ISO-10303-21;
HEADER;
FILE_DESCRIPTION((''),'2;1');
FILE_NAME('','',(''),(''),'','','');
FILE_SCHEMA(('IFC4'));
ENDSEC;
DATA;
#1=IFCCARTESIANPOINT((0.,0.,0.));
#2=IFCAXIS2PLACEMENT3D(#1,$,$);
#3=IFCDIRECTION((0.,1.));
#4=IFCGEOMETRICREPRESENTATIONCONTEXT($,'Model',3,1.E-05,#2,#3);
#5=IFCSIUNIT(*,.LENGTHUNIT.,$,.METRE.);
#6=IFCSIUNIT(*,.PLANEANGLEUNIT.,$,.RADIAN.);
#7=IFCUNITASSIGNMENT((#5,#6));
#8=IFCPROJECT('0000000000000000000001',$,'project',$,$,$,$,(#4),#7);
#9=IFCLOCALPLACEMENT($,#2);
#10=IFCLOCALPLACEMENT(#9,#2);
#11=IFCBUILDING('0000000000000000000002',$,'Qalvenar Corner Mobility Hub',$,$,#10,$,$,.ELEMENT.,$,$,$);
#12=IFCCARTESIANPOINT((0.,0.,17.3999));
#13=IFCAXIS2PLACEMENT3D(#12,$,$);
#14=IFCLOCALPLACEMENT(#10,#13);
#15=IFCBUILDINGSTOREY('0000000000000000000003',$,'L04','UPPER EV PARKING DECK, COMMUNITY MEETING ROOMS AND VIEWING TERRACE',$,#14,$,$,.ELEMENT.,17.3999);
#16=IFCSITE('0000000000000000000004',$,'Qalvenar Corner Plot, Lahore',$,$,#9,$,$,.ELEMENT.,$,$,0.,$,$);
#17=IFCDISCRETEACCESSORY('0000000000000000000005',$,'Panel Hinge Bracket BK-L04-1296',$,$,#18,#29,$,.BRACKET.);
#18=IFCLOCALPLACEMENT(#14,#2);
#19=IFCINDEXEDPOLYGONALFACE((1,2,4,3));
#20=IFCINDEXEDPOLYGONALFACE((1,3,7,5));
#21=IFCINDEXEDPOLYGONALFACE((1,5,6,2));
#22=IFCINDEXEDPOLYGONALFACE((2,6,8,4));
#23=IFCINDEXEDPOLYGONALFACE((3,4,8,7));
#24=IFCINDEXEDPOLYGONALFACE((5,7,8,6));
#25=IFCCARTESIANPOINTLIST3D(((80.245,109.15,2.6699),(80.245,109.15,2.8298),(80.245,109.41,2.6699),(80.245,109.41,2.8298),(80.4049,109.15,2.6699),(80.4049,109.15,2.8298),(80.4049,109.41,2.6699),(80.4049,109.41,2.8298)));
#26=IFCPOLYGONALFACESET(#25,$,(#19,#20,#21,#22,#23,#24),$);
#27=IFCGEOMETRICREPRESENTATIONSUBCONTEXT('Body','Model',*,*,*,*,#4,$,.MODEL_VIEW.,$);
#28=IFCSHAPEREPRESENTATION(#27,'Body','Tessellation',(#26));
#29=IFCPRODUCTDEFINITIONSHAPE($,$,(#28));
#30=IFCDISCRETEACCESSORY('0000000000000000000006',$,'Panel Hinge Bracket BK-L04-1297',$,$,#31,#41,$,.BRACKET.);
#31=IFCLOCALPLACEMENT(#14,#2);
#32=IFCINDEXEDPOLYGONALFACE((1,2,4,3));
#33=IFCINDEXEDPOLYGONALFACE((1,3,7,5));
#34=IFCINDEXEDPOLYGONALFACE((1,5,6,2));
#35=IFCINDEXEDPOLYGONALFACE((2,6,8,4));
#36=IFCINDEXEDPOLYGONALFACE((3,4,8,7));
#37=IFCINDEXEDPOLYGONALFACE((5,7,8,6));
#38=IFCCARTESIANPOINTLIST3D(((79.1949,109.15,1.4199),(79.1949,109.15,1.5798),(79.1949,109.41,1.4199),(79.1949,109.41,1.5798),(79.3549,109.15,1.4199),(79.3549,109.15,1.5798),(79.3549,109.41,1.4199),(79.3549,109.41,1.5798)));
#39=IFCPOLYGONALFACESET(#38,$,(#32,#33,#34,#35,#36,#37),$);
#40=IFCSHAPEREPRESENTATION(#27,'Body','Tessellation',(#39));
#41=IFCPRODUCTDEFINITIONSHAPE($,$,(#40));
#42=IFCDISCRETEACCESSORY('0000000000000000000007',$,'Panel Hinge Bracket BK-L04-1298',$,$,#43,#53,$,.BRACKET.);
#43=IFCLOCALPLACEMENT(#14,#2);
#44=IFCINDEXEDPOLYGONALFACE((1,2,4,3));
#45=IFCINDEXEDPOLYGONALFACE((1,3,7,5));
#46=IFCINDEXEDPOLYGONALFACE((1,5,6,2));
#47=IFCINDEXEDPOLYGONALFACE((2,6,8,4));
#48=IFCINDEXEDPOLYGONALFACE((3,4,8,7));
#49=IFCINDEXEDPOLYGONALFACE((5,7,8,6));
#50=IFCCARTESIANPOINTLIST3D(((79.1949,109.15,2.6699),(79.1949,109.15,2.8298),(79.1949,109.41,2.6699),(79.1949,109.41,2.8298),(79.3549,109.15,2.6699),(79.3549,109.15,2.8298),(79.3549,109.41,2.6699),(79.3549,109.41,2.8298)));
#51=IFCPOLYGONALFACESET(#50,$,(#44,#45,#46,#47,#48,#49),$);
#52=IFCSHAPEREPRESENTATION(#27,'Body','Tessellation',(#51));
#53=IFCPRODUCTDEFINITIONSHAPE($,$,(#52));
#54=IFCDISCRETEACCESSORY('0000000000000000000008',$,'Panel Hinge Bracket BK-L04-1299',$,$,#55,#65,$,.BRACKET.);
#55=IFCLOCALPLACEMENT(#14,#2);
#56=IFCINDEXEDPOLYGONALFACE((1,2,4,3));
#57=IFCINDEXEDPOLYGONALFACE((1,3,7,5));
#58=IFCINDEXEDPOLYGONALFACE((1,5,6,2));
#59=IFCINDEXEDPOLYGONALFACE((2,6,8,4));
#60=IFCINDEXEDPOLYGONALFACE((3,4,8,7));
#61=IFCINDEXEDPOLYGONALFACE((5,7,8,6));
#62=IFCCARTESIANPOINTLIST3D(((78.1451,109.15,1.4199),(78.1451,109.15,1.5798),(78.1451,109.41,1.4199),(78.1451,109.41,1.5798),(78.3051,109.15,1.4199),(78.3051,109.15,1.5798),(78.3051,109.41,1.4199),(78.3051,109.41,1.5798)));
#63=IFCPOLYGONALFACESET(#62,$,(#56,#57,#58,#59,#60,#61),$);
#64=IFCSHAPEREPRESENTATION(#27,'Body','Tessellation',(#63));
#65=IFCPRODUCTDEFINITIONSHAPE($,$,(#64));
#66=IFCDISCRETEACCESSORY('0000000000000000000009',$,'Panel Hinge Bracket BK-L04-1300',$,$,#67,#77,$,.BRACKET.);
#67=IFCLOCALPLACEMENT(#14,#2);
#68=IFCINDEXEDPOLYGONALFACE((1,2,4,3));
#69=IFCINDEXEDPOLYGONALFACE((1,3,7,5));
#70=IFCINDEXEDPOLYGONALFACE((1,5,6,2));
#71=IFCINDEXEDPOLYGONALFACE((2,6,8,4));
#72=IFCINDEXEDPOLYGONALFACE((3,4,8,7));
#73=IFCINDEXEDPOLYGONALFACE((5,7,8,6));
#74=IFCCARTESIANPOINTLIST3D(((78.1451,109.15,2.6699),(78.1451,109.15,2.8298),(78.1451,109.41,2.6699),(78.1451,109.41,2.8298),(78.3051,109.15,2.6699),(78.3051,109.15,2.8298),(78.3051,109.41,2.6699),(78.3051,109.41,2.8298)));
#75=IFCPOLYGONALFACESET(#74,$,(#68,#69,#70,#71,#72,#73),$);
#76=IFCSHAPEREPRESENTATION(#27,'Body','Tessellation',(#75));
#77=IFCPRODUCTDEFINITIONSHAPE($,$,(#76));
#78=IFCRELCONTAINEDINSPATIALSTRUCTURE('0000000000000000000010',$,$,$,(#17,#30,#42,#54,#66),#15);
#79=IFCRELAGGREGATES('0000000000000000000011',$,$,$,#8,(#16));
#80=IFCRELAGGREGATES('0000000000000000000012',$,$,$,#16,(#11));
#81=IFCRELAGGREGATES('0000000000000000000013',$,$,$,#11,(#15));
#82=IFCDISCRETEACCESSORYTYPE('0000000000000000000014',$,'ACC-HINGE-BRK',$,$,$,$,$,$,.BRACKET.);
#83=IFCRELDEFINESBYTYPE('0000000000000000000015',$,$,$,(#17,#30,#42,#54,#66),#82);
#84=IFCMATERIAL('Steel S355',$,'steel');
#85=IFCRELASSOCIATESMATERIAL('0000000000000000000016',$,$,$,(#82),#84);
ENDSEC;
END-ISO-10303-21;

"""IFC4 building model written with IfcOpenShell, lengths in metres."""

from ifc_helpers import new_model, si_unit, direction, frame, origin, origin_2d, place, context, subcontext, project, spatial, rectangle, extrude, material, type_object, element, save


model = new_model("IFC4")

# Units and contexts
model_context = context("Model", 3, precision=1e-05, world=origin(), true_north=direction((0.0, 1.0)))
body_context = subcontext(model_context, "Body", "Model", "MODEL_VIEW")
ifc_project = project(units=[si_unit("LENGTHUNIT", "METRE"), si_unit("PLANEANGLEUNIT", "RADIAN")], contexts=[model_context])

# Site, building, storey
site_placement = place(None, origin())
site = spatial("IfcSite", under=ifc_project, at=site_placement, Name="Qalvenar Corner Plot, Lahore", CompositionType="ELEMENT", RefElevation=0.0)
building_placement = place(site_placement, origin())
building = spatial("IfcBuilding", under=site, at=building_placement, Name="Qalvenar Corner Mobility Hub", CompositionType="ELEMENT")
storey_placement = place(building_placement, frame((0.0, 0.0, 17.3999)))
storey = spatial("IfcBuildingStorey", under=building, at=storey_placement, Name="L04", Description="UPPER EV PARKING DECK, COMMUNITY MEETING ROOMS AND VIEWING TERRACE", CompositionType="ELEMENT", Elevation=17.3999)

# Shared definitions
ifc_material_1 = material(Name="Steel S355", Category="steel")

# Discrete accessories
discrete_accessory_type = type_object("IfcDiscreteAccessoryType", Name="ACC-HINGE-BRK", PredefinedType="BRACKET", material=ifc_material_1)
for number, where, z_axis, x_axis, name in (
    (1, (80.325, 109.28, 2.6699), (0.0, 0.0, 1.0), (-1.0, 0.0, 0.0), "Panel Hinge Bracket BK-L04-1296"),
    (2, (79.2749, 109.28, 1.4199), (0.0, 0.0, 1.0), (-1.0, 0.0, 0.0), "Panel Hinge Bracket BK-L04-1297"),
    (3, (79.2749, 109.28, 2.6699), (0.0, 0.0, 1.0), (-1.0, 0.0, 0.0), "Panel Hinge Bracket BK-L04-1298"),
    (4, (78.2251, 109.28, 1.4199), (0.0, 0.0, 1.0), (-1.0, 0.0, 0.0), "Panel Hinge Bracket BK-L04-1299"),
    (5, (78.2251, 109.28, 2.6699), (0.0, 0.0, 1.0), (-1.0, 0.0, 0.0), "Panel Hinge Bracket BK-L04-1300"),
):
    element("IfcDiscreteAccessory", number, at=place(storey_placement, frame(where, z_axis=z_axis, x_axis=x_axis)), inside=storey, type_object=discrete_accessory_type, Name=name, PredefinedType="BRACKET", context=body_context, shape_type="SweptSolid", body=[
        extrude(rectangle(XDim=0.1599, YDim=0.26, at=origin_2d()), origin(), (0.0, 0.0, 1.0), 0.1599),
    ])

save(model, "model.ifc")
